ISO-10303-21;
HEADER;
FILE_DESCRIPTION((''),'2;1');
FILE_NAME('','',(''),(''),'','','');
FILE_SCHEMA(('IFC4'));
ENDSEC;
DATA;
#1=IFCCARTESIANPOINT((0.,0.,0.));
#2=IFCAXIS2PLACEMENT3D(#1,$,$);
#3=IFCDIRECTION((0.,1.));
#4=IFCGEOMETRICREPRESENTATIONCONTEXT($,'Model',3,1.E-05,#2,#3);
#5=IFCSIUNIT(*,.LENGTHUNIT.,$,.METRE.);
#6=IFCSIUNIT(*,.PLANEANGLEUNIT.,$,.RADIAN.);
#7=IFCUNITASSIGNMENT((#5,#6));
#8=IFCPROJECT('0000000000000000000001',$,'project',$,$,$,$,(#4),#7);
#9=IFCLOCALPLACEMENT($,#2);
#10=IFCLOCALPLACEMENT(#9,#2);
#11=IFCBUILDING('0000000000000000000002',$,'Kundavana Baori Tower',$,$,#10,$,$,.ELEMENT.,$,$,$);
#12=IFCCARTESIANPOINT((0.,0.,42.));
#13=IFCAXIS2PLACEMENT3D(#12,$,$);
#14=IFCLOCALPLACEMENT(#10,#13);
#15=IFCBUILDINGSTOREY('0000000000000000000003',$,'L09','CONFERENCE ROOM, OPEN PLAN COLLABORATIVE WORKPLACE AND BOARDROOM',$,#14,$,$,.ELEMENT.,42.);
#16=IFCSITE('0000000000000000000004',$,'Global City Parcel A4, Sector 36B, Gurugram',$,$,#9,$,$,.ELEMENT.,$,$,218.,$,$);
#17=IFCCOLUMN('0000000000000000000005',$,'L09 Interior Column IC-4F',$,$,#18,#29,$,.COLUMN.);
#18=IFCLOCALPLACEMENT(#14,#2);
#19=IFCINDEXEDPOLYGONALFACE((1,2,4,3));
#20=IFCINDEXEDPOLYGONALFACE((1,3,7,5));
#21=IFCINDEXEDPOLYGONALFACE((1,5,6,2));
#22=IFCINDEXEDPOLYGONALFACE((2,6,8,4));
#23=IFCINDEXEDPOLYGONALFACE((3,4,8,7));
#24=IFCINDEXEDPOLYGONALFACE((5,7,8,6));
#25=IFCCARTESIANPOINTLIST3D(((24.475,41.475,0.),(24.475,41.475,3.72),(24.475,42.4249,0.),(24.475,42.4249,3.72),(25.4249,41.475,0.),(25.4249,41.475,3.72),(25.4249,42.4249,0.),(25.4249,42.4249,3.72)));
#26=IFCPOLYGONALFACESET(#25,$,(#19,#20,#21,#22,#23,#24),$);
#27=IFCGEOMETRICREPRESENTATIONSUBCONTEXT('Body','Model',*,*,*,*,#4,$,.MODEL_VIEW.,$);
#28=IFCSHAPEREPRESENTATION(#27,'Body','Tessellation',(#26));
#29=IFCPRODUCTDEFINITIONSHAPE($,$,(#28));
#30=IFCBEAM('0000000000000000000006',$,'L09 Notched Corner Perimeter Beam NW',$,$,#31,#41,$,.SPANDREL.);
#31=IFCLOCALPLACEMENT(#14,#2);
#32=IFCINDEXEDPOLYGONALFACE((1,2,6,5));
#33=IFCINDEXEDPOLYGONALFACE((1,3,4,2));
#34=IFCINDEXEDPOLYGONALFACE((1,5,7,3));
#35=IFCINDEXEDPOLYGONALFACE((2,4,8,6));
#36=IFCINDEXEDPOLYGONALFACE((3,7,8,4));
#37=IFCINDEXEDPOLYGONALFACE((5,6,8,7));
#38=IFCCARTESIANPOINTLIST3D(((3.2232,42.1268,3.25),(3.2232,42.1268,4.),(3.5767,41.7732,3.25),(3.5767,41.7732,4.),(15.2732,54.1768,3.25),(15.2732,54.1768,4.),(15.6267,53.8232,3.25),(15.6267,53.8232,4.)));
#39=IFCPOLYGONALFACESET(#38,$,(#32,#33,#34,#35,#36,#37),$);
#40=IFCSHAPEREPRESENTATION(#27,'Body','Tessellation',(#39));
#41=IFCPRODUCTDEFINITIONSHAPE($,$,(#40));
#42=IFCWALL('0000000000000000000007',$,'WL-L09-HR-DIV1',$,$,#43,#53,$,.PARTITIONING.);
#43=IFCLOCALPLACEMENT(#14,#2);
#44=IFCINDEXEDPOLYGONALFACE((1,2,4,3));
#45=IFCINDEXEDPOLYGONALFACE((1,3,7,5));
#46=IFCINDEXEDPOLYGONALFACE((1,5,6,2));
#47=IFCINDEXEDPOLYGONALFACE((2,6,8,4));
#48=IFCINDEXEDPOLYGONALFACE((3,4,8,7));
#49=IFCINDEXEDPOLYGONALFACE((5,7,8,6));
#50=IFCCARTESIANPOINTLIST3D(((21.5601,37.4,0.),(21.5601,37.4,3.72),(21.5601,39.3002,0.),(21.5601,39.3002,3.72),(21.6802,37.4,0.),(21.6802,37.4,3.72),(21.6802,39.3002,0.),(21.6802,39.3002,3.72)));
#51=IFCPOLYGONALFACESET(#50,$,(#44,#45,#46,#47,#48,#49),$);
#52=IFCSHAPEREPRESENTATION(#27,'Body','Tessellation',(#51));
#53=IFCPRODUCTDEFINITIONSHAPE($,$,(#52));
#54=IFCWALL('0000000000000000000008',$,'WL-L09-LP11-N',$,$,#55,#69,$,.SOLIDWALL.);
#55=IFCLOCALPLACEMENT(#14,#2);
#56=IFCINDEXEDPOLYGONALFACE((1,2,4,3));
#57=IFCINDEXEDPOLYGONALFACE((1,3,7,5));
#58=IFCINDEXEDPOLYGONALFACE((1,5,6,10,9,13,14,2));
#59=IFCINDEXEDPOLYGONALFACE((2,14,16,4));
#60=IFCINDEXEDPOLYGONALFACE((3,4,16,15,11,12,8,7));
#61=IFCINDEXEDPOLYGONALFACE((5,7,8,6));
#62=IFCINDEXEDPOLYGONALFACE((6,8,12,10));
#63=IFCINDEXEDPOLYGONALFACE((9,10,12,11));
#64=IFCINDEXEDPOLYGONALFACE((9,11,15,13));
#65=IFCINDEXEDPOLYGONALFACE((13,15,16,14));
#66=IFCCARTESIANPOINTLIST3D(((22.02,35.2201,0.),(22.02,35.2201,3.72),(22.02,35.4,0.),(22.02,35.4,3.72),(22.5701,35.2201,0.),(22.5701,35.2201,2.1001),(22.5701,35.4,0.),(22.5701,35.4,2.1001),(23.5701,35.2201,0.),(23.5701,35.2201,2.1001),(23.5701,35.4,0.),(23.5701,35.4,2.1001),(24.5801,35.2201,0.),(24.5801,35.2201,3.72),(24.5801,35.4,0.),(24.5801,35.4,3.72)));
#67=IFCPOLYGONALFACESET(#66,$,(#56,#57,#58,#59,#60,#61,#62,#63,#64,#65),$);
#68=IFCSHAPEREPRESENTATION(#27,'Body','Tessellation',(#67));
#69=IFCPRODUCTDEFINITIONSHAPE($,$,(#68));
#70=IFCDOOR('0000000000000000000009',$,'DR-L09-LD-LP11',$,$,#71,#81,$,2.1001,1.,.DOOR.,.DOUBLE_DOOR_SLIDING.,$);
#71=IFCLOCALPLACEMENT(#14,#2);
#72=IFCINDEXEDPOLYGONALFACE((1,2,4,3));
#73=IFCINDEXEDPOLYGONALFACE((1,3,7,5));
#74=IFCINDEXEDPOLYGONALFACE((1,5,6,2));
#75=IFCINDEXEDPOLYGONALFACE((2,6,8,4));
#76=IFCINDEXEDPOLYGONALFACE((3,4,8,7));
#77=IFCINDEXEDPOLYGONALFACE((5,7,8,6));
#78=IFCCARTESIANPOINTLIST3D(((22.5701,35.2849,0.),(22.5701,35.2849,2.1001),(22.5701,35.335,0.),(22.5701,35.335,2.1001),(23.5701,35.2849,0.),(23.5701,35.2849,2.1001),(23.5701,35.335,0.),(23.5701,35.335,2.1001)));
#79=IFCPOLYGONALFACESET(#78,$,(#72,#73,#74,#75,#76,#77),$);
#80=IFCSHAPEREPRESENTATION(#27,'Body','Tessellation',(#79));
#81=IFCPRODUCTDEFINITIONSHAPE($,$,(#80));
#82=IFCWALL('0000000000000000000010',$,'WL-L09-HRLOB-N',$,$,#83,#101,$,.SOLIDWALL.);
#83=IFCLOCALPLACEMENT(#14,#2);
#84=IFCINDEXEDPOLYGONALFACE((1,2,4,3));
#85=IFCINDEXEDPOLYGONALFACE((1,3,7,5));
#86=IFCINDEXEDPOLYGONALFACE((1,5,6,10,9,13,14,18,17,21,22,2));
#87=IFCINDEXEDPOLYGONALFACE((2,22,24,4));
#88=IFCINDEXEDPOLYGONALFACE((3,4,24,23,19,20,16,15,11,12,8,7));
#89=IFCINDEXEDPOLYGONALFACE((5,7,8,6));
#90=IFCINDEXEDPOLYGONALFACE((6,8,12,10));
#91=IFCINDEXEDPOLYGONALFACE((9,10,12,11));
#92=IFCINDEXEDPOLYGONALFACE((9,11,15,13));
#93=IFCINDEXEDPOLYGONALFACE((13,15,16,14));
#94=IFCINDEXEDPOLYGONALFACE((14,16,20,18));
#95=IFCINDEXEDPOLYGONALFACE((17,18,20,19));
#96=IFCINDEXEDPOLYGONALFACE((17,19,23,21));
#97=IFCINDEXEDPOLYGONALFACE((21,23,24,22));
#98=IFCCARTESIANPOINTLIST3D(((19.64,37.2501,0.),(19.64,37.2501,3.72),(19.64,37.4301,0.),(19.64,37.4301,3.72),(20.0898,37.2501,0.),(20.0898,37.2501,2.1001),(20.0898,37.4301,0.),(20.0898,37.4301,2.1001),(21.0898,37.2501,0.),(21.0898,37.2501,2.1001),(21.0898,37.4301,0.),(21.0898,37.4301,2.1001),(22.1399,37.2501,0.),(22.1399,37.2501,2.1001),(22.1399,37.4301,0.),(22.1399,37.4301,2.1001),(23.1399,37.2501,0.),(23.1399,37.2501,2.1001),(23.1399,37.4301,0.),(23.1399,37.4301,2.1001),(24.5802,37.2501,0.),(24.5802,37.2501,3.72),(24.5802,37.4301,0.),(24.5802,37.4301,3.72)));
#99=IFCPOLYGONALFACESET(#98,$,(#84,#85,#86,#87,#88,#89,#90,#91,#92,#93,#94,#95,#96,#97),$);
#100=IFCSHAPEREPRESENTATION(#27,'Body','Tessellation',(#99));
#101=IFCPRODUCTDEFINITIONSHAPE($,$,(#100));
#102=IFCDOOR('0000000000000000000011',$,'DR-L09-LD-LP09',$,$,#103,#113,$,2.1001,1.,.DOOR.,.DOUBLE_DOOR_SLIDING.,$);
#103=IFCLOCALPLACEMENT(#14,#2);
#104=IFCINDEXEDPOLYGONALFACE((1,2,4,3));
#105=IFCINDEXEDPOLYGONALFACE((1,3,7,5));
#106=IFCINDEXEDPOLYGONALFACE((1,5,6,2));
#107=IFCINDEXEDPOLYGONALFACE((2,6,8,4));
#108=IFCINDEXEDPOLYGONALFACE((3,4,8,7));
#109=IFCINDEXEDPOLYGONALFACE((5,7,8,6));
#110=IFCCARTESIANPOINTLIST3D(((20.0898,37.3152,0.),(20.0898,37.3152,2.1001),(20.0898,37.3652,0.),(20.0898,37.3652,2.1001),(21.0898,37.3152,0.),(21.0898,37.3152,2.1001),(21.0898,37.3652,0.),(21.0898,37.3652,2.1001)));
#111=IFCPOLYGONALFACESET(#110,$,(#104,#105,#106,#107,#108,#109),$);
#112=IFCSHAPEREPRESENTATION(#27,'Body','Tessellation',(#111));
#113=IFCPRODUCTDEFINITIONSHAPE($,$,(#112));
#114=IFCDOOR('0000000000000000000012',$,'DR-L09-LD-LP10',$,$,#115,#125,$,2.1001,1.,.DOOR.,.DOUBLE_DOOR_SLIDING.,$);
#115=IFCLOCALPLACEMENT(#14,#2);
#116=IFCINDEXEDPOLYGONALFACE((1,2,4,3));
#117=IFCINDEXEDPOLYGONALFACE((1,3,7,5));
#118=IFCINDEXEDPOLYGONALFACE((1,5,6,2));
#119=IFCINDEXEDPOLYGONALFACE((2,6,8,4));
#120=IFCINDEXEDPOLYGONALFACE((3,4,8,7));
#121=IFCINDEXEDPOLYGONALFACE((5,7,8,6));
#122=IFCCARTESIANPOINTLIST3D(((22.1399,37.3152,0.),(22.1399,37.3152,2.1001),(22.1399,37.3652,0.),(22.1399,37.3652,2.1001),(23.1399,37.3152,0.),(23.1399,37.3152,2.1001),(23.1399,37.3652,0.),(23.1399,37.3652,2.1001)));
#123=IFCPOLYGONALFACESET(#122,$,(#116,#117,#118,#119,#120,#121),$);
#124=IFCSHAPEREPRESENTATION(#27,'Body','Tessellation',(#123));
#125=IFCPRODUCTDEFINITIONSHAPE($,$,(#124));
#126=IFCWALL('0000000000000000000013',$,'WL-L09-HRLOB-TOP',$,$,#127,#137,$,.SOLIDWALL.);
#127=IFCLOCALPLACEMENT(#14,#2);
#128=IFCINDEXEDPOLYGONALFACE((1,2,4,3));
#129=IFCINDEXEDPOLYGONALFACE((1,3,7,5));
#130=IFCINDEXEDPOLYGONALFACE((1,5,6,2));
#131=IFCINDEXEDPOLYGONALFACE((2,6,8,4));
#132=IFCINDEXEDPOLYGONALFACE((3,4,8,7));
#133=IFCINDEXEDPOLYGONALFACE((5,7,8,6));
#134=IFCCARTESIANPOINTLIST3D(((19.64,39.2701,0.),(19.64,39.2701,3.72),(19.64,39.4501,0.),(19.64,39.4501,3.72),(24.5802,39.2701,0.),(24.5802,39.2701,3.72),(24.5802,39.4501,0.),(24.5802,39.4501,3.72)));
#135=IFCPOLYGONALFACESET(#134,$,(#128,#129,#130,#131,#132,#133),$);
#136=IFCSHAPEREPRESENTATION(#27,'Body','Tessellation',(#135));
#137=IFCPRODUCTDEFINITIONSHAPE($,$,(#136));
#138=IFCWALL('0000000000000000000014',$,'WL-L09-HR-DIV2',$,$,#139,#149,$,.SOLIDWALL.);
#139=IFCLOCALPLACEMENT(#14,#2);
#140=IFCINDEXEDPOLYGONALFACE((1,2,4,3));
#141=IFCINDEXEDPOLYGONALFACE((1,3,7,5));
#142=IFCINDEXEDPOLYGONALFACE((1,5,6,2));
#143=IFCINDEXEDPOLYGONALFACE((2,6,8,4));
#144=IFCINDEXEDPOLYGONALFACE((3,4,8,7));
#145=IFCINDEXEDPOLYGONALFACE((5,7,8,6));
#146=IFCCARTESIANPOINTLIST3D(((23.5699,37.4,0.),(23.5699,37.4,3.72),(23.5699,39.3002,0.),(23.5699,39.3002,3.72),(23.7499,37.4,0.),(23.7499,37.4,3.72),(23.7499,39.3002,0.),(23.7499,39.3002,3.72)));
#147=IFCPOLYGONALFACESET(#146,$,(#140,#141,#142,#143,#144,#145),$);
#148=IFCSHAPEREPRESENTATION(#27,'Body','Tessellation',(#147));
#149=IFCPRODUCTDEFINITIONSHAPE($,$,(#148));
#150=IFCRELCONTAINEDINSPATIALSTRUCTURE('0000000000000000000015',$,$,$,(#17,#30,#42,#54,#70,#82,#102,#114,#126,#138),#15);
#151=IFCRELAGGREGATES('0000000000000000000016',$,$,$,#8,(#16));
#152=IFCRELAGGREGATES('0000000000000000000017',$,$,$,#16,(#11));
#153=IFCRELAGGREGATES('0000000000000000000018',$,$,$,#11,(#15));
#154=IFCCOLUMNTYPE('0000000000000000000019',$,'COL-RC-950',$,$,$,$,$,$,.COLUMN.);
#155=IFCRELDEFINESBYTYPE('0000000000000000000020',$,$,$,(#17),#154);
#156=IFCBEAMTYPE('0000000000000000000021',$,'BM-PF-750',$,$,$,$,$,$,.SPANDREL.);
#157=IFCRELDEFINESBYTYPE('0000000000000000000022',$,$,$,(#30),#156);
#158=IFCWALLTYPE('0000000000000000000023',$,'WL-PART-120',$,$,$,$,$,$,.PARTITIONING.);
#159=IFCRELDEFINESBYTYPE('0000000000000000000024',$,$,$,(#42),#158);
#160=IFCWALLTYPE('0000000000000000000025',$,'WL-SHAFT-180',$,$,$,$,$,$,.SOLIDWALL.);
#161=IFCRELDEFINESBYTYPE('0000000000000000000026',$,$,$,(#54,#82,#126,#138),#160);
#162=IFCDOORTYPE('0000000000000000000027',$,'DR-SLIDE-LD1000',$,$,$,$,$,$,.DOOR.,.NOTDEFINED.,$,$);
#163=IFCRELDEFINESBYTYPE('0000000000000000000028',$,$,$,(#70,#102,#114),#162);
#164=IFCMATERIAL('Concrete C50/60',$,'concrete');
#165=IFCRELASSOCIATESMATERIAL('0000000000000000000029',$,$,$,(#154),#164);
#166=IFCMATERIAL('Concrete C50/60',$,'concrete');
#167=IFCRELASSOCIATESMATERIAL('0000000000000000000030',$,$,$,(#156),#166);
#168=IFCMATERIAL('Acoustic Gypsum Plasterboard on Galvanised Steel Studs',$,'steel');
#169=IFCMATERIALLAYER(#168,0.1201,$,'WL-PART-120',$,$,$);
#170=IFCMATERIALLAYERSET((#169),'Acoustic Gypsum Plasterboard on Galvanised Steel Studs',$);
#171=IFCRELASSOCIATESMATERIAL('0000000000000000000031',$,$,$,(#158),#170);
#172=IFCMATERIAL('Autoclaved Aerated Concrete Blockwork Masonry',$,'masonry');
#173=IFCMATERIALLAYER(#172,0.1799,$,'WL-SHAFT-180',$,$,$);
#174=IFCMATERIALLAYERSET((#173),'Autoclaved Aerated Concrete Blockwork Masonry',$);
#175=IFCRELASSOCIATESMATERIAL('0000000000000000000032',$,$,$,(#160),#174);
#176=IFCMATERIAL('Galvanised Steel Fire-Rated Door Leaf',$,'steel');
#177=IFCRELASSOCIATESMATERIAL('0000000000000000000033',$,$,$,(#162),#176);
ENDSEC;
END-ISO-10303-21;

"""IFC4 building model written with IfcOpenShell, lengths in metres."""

from ifc_helpers import new_model, si_unit, direction, frame, frame_2d, origin, origin_2d, place, context, subcontext, project, spatial, rectangle, extrude, material, layer, layer_set, material_profile, profile_set, type_object, element, fill, save


model = new_model("IFC4")

# Units and contexts
model_context = context("Model", 3, precision=1e-05, world=origin(), true_north=direction((0.0, 1.0)))
body_context = subcontext(model_context, "Body", "Model", "MODEL_VIEW")
ifc_project = project(units=[si_unit("LENGTHUNIT", "METRE"), si_unit("PLANEANGLEUNIT", "RADIAN")], contexts=[model_context])

# Site, building, storey
site_placement = place(None, origin())
site = spatial("IfcSite", under=ifc_project, at=site_placement, Name="Global City Parcel A4, Sector 36B, Gurugram", CompositionType="ELEMENT", RefElevation=218.0)
building_placement = place(site_placement, origin())
building = spatial("IfcBuilding", under=site, at=building_placement, Name="Kundavana Baori Tower", CompositionType="ELEMENT")
storey_placement = place(building_placement, frame((0.0, 0.0, 42.0)))
storey = spatial("IfcBuildingStorey", under=building, at=storey_placement, Name="L09", Description="CONFERENCE ROOM, OPEN PLAN COLLABORATIVE WORKPLACE AND BOARDROOM", CompositionType="ELEMENT", Elevation=42.0)

# Column
ifc_material_1 = material(Name="Concrete C50/60", Category="concrete")
ifc_material_profile_1 = material_profile(ifc_material_1, rectangle(XDim=0.95, YDim=0.95, at=origin_2d()), Name="RC 950x950")
ifc_profile_set_1 = profile_set([ifc_material_profile_1], Name="Concrete C50/60")
column_type = type_object("IfcColumnType", Name="COL-RC-950", PredefinedType="COLUMN", material=ifc_profile_set_1)
column_placement = place(storey_placement, frame((24.95, 41.95, 0.0), z_axis=(0.0, 0.0, 1.0), x_axis=(1.0, 0.0, 0.0)))
element("IfcColumn", 1, at=column_placement, inside=storey, type_object=column_type, Name="L09 Interior Column IC-4F", PredefinedType="COLUMN", context=body_context, shape_type="SweptSolid", body=[
    extrude(rectangle(XDim=0.95, YDim=0.95, at=origin_2d()), origin(), (0.0, 0.0, 1.0), 3.72),
])

# Beam
ifc_material_2 = material(Name="Concrete C50/60", Category="concrete")
ifc_material_profile_2 = material_profile(ifc_material_2, rectangle(XDim=0.5, YDim=0.75, at=origin_2d()), Name="RC BM 500x750")
ifc_profile_set_2 = profile_set([ifc_material_profile_2], Name="Concrete C50/60")
beam_type = type_object("IfcBeamType", Name="BM-PF-750", PredefinedType="SPANDREL", material=ifc_profile_set_2)
beam_placement = place(storey_placement, frame((15.45, 54.0, 3.625), z_axis=(-0.707107, -0.707107, 0.0), x_axis=(0.707107, -0.707107, 0.0)))
element("IfcBeam", 2, at=beam_placement, inside=storey, type_object=beam_type, Name="L09 Notched Corner Perimeter Beam NW", PredefinedType="SPANDREL", context=body_context, shape_type="SweptSolid", body=[
    extrude(rectangle(XDim=0.5, YDim=0.75, at=origin_2d()), origin(), (0.0, 0.0, 1.0), 17.0413),
])

# Wall
ifc_material_3 = material(Name="Acoustic Gypsum Plasterboard on Galvanised Steel Studs", Category="steel")
ifc_layer_1 = layer(ifc_material_3, 0.1201, Name="WL-PART-120")
ifc_layer_set_1 = layer_set([ifc_layer_1], Name="Acoustic Gypsum Plasterboard on Galvanised Steel Studs")
wall_type_1 = type_object("IfcWallType", Name="WL-PART-120", PredefinedType="PARTITIONING", material=ifc_layer_set_1)
wall_1_placement = place(storey_placement, frame((21.6201, 37.3999, 0.0), z_axis=(0.0, 0.0, 1.0), x_axis=(0.0, 1.0, 0.0)))
element("IfcWall", 3, at=wall_1_placement, inside=storey, type_object=wall_type_1, Name="WL-L09-HR-DIV1", PredefinedType="PARTITIONING", context=body_context, shape_type="SweptSolid", body=[
    extrude(rectangle(XDim=1.9001, YDim=0.1201, at=frame_2d((0.9502, 0.0))), origin(), (0.0, 0.0, 1.0), 3.72),
])

# Wall, opening, door
ifc_material_4 = material(Name="Autoclaved Aerated Concrete Blockwork Masonry", Category="masonry")
ifc_layer_2 = layer(ifc_material_4, 0.1799, Name="WL-SHAFT-180")
ifc_layer_set_2 = layer_set([ifc_layer_2], Name="Autoclaved Aerated Concrete Blockwork Masonry")
wall_type_2 = type_object("IfcWallType", Name="WL-SHAFT-180", PredefinedType="SOLIDWALL", material=ifc_layer_set_2)
wall_2_placement = place(storey_placement, frame((22.02, 35.3101, 0.0), z_axis=(0.0, 0.0, 1.0), x_axis=(1.0, 0.0, 0.0)))
wall_2 = element("IfcWall", 4, at=wall_2_placement, inside=storey, type_object=wall_type_2, Name="WL-L09-LP11-N", PredefinedType="SOLIDWALL", context=body_context, shape_type="SweptSolid", body=[
    extrude(rectangle(XDim=2.5601, YDim=0.1799, at=frame_2d((1.28, 0.0))), origin(), (0.0, 0.0, 1.0), 3.72),
])
opening_1_placement = place(wall_2_placement, frame((0.55, 0.0, 0.0)))
opening_1 = element("IfcOpeningElement", 5, at=opening_1_placement, cuts=wall_2, PredefinedType="OPENING", context=body_context, shape_type="SweptSolid", body=[
    extrude(rectangle(XDim=1.0, YDim=2.1001, at=frame_2d((0.5, 1.05))), frame((0.0, 0.1001, 0.0), z_axis=(0.0, -1.0, 0.0), x_axis=(1.0, 0.0, 0.0)), (0.0, 0.0, 1.0), 0.2),
])
ifc_material_5 = material(Name="Galvanised Steel Fire-Rated Door Leaf", Category="steel")
door_type = type_object("IfcDoorType", Name="DR-SLIDE-LD1000", OperationType="NOTDEFINED", PredefinedType="DOOR", material=ifc_material_5)
door_1_placement = place(opening_1_placement, origin())
door_1 = element("IfcDoor", 6, at=door_1_placement, inside=storey, type_object=door_type, Name="DR-L09-LD-LP11", OperationType="DOUBLE_DOOR_SLIDING", OverallHeight=2.1001, OverallWidth=1.0, PredefinedType="DOOR", context=body_context, shape_type="SweptSolid", body=[
    extrude(rectangle(XDim=1.0, YDim=2.1001, at=frame_2d((0.5, 1.05))), frame((0.0, 0.0249, 0.0), z_axis=(0.0, -1.0, 0.0), x_axis=(1.0, 0.0, 0.0)), (0.0, 0.0, 1.0), 0.05),
])
fill(opening_1, door_1)

# Wall, openings, doors
wall_3_placement = place(storey_placement, frame((19.6399, 37.3401, 0.0), z_axis=(0.0, 0.0, 1.0), x_axis=(1.0, 0.0, 0.0)))
wall_3 = element("IfcWall", 7, at=wall_3_placement, inside=storey, type_object=wall_type_2, Name="WL-L09-HRLOB-N", PredefinedType="SOLIDWALL", context=body_context, shape_type="SweptSolid", body=[
    extrude(rectangle(XDim=4.9402, YDim=0.1799, at=frame_2d((2.4702, 0.0))), origin(), (0.0, 0.0, 1.0), 3.72),
])
opening_2_placement = place(wall_3_placement, frame((0.45, 0.0, 0.0)))
opening_2 = element("IfcOpeningElement", 8, at=opening_2_placement, cuts=wall_3, PredefinedType="OPENING", context=body_context, shape_type="SweptSolid", body=[
    extrude(rectangle(XDim=1.0, YDim=2.1001, at=frame_2d((0.5, 1.05))), frame((0.0, 0.1001, 0.0), z_axis=(0.0, -1.0, 0.0), x_axis=(1.0, 0.0, 0.0)), (0.0, 0.0, 1.0), 0.2),
])
opening_3_placement = place(wall_3_placement, frame((2.5, 0.0, 0.0)))
opening_3 = element("IfcOpeningElement", 9, at=opening_3_placement, cuts=wall_3, PredefinedType="OPENING", context=body_context, shape_type="SweptSolid", body=[
    extrude(rectangle(XDim=1.0, YDim=2.1001, at=frame_2d((0.5, 1.05))), frame((0.0, 0.1001, 0.0), z_axis=(0.0, -1.0, 0.0), x_axis=(1.0, 0.0, 0.0)), (0.0, 0.0, 1.0), 0.2),
])
door_2_placement = place(opening_2_placement, frame((1.0, 0.0, 0.0), z_axis=(0.0, 0.0, 1.0), x_axis=(-1.0, 0.0, 0.0)))
door_2 = element("IfcDoor", 10, at=door_2_placement, inside=storey, type_object=door_type, Name="DR-L09-LD-LP09", OperationType="DOUBLE_DOOR_SLIDING", OverallHeight=2.1001, OverallWidth=1.0, PredefinedType="DOOR", context=body_context, shape_type="SweptSolid", body=[
    extrude(rectangle(XDim=1.0, YDim=2.1001, at=frame_2d((0.5, 1.05))), frame((0.0, 0.0249, 0.0), z_axis=(0.0, -1.0, 0.0), x_axis=(1.0, 0.0, 0.0)), (0.0, 0.0, 1.0), 0.05),
])
fill(opening_2, door_2)
door_3_placement = place(opening_3_placement, frame((1.0, 0.0, 0.0), z_axis=(0.0, 0.0, 1.0), x_axis=(-1.0, 0.0, 0.0)))
door_3 = element("IfcDoor", 11, at=door_3_placement, inside=storey, type_object=door_type, Name="DR-L09-LD-LP10", OperationType="DOUBLE_DOOR_SLIDING", OverallHeight=2.1001, OverallWidth=1.0, PredefinedType="DOOR", context=body_context, shape_type="SweptSolid", body=[
    extrude(rectangle(XDim=1.0, YDim=2.1001, at=frame_2d((0.5, 1.05))), frame((0.0, 0.0249, 0.0), z_axis=(0.0, -1.0, 0.0), x_axis=(1.0, 0.0, 0.0)), (0.0, 0.0, 1.0), 0.05),
])
fill(opening_3, door_3)

# Walls
wall_4_placement = place(storey_placement, frame((19.6399, 39.3601, 0.0), z_axis=(0.0, 0.0, 1.0), x_axis=(1.0, 0.0, 0.0)))
element("IfcWall", 12, at=wall_4_placement, inside=storey, type_object=wall_type_2, Name="WL-L09-HRLOB-TOP", PredefinedType="SOLIDWALL", context=body_context, shape_type="SweptSolid", body=[
    extrude(rectangle(XDim=4.9402, YDim=0.1799, at=frame_2d((2.4702, 0.0))), origin(), (0.0, 0.0, 1.0), 3.72),
])
wall_5_placement = place(storey_placement, frame((23.6599, 37.3999, 0.0), z_axis=(0.0, 0.0, 1.0), x_axis=(0.0, 1.0, 0.0)))
element("IfcWall", 13, at=wall_5_placement, inside=storey, type_object=wall_type_2, Name="WL-L09-HR-DIV2", PredefinedType="SOLIDWALL", context=body_context, shape_type="SweptSolid", body=[
    extrude(rectangle(XDim=1.9001, YDim=0.1799, at=frame_2d((0.9502, 0.0))), origin(), (0.0, 0.0, 1.0), 3.72),
])

save(model, "model.ifc")
